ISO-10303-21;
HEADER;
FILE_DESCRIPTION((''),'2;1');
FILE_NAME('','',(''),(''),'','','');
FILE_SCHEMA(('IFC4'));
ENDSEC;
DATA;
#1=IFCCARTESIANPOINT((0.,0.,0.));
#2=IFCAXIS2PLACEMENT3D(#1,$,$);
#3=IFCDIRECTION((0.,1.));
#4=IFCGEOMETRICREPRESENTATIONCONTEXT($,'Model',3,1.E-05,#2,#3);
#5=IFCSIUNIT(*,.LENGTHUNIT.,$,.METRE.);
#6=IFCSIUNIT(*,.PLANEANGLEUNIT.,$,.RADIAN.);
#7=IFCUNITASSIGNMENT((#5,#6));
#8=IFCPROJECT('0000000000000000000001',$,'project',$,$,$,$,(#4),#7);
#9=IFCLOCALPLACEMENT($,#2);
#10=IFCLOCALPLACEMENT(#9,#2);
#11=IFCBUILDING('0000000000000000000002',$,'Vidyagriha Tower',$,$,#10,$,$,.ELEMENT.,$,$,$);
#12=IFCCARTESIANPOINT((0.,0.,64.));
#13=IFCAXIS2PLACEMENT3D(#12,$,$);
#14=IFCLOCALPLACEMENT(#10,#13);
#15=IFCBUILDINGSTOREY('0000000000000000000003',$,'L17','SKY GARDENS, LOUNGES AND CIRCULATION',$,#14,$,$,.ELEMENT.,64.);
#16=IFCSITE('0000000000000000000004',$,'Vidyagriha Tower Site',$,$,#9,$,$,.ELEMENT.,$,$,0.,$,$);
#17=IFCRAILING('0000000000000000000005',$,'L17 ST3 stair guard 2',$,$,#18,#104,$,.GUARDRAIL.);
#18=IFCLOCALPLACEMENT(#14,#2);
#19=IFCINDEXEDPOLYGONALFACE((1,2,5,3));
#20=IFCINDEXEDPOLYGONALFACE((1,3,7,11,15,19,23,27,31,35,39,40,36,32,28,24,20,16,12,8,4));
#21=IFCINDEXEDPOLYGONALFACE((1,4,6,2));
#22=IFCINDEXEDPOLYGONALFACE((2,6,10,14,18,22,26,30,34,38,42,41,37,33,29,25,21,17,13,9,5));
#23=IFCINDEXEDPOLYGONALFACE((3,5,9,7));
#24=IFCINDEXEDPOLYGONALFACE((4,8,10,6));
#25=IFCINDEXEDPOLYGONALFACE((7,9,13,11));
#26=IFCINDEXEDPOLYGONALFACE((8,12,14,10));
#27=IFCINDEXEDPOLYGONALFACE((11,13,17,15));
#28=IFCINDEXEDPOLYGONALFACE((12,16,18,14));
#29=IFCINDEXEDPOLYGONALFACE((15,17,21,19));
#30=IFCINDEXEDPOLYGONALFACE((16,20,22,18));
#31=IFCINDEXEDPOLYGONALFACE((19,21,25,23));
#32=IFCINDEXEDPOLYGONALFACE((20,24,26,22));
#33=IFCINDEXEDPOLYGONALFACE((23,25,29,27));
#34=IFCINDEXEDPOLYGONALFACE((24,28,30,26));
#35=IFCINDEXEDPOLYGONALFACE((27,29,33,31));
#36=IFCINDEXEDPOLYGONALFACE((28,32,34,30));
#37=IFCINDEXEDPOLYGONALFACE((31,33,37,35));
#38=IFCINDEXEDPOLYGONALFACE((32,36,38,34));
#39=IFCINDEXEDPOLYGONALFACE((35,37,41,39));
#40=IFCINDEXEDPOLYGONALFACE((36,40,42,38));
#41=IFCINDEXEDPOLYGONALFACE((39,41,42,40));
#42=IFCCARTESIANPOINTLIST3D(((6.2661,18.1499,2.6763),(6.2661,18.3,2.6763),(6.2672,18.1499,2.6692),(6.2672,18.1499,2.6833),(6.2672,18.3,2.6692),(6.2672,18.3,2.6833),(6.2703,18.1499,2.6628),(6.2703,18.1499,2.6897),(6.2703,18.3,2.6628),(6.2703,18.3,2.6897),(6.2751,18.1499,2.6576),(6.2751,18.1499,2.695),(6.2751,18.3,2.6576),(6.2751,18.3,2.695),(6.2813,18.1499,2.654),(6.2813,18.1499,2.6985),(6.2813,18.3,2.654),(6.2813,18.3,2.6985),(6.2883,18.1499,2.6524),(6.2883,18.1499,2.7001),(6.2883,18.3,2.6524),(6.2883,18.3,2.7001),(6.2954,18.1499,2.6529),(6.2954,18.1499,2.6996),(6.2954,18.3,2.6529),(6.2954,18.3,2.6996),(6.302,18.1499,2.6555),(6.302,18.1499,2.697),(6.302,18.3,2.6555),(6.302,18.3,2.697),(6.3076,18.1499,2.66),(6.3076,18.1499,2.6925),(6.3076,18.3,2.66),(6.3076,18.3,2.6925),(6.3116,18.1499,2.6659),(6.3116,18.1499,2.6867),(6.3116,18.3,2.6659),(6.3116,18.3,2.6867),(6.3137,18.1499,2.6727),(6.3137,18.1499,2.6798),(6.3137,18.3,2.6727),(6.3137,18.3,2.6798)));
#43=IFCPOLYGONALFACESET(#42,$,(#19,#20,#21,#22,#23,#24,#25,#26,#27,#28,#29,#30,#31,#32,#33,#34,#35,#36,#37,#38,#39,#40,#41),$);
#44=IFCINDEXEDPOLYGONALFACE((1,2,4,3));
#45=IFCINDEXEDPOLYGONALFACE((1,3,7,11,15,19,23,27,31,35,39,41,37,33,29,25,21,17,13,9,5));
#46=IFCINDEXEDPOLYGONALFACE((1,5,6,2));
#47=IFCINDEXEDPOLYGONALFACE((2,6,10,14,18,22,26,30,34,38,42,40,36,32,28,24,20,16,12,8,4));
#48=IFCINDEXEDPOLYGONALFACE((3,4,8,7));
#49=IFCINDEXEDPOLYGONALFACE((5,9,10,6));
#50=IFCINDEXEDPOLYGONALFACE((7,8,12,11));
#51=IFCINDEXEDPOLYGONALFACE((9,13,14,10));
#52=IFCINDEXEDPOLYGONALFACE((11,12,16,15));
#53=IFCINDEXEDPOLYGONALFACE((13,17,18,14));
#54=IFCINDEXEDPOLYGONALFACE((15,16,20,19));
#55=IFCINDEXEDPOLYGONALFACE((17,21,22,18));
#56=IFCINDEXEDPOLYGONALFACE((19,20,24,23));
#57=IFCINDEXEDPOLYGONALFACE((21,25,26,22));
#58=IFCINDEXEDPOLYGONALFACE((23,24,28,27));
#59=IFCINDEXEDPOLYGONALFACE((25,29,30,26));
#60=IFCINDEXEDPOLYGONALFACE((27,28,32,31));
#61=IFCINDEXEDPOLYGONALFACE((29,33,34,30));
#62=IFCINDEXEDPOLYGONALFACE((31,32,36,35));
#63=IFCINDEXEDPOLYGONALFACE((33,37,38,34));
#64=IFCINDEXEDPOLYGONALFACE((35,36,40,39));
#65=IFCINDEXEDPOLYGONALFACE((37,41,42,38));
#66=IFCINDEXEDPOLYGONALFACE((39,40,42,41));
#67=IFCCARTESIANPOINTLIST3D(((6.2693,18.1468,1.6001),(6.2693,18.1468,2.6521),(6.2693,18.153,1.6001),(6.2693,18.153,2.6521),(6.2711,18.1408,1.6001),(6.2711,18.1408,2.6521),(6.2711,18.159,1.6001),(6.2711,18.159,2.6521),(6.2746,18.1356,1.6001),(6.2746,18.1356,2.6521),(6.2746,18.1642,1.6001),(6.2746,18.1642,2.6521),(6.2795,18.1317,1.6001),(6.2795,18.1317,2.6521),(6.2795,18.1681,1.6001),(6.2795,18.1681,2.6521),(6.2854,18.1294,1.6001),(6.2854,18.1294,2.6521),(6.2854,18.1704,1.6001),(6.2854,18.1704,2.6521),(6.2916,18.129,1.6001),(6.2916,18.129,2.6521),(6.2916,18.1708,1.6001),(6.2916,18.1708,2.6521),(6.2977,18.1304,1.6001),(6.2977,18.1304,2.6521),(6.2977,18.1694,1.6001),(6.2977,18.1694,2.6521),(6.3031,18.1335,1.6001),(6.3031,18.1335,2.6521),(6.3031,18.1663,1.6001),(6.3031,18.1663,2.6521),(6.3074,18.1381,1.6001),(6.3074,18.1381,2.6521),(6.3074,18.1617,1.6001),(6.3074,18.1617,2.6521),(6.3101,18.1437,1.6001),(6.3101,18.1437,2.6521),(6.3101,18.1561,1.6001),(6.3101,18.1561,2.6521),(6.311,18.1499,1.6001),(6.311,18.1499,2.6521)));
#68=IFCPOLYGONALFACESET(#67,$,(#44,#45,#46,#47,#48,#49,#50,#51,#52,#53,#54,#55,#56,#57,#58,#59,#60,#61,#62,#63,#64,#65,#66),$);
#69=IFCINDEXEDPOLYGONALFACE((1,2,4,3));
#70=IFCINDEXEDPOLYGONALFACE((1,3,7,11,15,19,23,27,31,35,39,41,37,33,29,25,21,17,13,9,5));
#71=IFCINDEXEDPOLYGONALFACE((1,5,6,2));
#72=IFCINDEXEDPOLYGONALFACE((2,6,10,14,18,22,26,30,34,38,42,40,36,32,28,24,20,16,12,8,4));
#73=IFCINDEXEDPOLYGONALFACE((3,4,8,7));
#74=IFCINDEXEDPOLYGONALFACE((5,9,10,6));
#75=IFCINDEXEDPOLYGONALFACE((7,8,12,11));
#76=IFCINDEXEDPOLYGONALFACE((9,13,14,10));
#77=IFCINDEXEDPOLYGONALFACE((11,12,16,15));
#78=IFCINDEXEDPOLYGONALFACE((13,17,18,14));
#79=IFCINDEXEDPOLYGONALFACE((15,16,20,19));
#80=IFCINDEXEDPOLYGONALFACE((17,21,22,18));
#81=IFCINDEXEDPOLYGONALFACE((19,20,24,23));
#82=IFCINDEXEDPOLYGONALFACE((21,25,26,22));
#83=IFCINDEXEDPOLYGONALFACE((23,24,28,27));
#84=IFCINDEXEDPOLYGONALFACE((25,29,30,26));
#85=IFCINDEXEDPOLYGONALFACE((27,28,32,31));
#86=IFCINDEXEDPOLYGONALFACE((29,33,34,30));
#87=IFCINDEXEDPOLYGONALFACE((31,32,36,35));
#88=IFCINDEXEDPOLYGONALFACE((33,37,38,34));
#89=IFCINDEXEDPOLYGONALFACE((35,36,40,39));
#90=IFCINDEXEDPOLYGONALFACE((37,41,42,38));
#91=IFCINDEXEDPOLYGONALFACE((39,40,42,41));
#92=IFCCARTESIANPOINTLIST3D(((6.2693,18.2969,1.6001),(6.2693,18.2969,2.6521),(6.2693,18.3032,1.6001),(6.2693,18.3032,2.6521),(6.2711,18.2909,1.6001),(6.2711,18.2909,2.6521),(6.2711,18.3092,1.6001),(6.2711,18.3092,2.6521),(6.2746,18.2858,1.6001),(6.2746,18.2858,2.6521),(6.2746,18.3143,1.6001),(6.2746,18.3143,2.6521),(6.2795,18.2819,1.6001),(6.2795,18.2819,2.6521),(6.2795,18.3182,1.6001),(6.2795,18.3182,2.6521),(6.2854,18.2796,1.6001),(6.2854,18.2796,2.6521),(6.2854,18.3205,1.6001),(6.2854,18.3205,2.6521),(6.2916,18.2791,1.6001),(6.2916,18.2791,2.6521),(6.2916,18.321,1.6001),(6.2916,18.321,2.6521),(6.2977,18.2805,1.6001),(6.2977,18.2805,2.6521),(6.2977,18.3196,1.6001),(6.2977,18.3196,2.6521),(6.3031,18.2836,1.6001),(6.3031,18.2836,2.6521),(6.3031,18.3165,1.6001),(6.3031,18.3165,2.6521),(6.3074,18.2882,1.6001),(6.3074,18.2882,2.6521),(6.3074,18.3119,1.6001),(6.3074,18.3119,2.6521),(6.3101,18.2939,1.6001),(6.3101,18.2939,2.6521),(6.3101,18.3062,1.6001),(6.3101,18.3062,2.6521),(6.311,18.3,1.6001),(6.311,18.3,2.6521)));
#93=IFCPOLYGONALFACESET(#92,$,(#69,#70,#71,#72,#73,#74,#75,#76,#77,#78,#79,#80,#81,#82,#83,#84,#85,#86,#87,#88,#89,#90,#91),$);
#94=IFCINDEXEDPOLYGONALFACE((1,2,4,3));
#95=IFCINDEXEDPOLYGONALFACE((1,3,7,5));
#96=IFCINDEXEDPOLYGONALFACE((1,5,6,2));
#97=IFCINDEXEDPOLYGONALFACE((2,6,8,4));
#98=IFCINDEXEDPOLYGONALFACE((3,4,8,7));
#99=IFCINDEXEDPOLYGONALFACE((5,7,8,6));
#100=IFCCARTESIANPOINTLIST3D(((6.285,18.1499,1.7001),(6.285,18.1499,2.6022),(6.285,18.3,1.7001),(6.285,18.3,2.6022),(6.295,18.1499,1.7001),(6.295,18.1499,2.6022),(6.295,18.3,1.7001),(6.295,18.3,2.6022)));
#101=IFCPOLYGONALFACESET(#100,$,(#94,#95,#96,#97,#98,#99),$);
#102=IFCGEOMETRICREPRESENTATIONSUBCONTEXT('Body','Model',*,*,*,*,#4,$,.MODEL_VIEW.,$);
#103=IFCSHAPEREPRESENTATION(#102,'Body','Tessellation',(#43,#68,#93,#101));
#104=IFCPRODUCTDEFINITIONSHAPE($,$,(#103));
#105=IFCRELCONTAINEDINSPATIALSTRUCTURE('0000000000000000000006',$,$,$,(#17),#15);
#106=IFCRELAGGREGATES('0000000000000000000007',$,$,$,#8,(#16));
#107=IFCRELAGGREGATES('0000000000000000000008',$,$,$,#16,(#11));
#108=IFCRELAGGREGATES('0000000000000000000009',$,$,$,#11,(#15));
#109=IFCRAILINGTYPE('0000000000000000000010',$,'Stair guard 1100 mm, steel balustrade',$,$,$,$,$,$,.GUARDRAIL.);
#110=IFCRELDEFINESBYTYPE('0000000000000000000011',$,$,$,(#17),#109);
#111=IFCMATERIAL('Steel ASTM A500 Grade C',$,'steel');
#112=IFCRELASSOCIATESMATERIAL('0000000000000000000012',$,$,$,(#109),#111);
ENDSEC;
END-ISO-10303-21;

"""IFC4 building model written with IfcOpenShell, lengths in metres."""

from ifc_helpers import new_model, si_unit, direction, frame, origin, origin_2d, place, context, subcontext, project, spatial, rectangle, circle, extrude, material, type_object, element, save


model = new_model("IFC4")

# Units and contexts
model_context = context("Model", 3, precision=1e-05, world=origin(), true_north=direction((0.0, 1.0)))
body_context = subcontext(model_context, "Body", "Model", "MODEL_VIEW")
ifc_project = project(units=[si_unit("LENGTHUNIT", "METRE"), si_unit("PLANEANGLEUNIT", "RADIAN")], contexts=[model_context])

# Site, building, storey
site_placement = place(None, origin())
site = spatial("IfcSite", under=ifc_project, at=site_placement, Name="Vidyagriha Tower Site", CompositionType="ELEMENT", RefElevation=0.0)
building_placement = place(site_placement, origin())
building = spatial("IfcBuilding", under=site, at=building_placement, Name="Vidyagriha Tower", CompositionType="ELEMENT")
storey_placement = place(building_placement, frame((0.0, 0.0, 64.0)))
storey = spatial("IfcBuildingStorey", under=building, at=storey_placement, Name="L17", Description="SKY GARDENS, LOUNGES AND CIRCULATION", CompositionType="ELEMENT", Elevation=64.0)

# Railing
ifc_material_1 = material(Name="Steel ASTM A500 Grade C", Category="steel")
railing_type_1 = type_object("IfcRailingType", Name="Stair guard 1100 mm, steel balustrade", PredefinedType="GUARDRAIL", material=ifc_material_1)
railing_1_placement = place(storey_placement, frame((6.29, 18.1499, 1.6001)))
element("IfcRailing", 1, at=railing_1_placement, inside=storey, type_object=railing_type_1, Name="L17 ST3 stair guard 2", PredefinedType="GUARDRAIL", context=body_context, shape_type="SweptSolid", body=[
    extrude(circle(Radius=0.0239, at=origin_2d()), frame((0.0, 0.0, 1.0762), z_axis=(0.0, 1.0, 0.0), x_axis=(-1.0, 0.0, 0.0)), (0.0, 0.0, 1.0), 0.1501),
    extrude(circle(Radius=0.021, at=origin_2d()), origin(), (0.0, 0.0, 1.0), 1.052),
    extrude(circle(Radius=0.021, at=origin_2d()), frame((0.0, 0.1501, 0.0)), (0.0, 0.0, 1.0), 1.052),
    extrude(rectangle(XDim=0.01, YDim=0.9021, at=origin_2d()), frame((0.0, 0.0, 0.551), z_axis=(0.0, 1.0, 0.0), x_axis=(-1.0, 0.0, 0.0)), (0.0, 0.0, 1.0), 0.1501),
])

save(model, "model.ifc")
